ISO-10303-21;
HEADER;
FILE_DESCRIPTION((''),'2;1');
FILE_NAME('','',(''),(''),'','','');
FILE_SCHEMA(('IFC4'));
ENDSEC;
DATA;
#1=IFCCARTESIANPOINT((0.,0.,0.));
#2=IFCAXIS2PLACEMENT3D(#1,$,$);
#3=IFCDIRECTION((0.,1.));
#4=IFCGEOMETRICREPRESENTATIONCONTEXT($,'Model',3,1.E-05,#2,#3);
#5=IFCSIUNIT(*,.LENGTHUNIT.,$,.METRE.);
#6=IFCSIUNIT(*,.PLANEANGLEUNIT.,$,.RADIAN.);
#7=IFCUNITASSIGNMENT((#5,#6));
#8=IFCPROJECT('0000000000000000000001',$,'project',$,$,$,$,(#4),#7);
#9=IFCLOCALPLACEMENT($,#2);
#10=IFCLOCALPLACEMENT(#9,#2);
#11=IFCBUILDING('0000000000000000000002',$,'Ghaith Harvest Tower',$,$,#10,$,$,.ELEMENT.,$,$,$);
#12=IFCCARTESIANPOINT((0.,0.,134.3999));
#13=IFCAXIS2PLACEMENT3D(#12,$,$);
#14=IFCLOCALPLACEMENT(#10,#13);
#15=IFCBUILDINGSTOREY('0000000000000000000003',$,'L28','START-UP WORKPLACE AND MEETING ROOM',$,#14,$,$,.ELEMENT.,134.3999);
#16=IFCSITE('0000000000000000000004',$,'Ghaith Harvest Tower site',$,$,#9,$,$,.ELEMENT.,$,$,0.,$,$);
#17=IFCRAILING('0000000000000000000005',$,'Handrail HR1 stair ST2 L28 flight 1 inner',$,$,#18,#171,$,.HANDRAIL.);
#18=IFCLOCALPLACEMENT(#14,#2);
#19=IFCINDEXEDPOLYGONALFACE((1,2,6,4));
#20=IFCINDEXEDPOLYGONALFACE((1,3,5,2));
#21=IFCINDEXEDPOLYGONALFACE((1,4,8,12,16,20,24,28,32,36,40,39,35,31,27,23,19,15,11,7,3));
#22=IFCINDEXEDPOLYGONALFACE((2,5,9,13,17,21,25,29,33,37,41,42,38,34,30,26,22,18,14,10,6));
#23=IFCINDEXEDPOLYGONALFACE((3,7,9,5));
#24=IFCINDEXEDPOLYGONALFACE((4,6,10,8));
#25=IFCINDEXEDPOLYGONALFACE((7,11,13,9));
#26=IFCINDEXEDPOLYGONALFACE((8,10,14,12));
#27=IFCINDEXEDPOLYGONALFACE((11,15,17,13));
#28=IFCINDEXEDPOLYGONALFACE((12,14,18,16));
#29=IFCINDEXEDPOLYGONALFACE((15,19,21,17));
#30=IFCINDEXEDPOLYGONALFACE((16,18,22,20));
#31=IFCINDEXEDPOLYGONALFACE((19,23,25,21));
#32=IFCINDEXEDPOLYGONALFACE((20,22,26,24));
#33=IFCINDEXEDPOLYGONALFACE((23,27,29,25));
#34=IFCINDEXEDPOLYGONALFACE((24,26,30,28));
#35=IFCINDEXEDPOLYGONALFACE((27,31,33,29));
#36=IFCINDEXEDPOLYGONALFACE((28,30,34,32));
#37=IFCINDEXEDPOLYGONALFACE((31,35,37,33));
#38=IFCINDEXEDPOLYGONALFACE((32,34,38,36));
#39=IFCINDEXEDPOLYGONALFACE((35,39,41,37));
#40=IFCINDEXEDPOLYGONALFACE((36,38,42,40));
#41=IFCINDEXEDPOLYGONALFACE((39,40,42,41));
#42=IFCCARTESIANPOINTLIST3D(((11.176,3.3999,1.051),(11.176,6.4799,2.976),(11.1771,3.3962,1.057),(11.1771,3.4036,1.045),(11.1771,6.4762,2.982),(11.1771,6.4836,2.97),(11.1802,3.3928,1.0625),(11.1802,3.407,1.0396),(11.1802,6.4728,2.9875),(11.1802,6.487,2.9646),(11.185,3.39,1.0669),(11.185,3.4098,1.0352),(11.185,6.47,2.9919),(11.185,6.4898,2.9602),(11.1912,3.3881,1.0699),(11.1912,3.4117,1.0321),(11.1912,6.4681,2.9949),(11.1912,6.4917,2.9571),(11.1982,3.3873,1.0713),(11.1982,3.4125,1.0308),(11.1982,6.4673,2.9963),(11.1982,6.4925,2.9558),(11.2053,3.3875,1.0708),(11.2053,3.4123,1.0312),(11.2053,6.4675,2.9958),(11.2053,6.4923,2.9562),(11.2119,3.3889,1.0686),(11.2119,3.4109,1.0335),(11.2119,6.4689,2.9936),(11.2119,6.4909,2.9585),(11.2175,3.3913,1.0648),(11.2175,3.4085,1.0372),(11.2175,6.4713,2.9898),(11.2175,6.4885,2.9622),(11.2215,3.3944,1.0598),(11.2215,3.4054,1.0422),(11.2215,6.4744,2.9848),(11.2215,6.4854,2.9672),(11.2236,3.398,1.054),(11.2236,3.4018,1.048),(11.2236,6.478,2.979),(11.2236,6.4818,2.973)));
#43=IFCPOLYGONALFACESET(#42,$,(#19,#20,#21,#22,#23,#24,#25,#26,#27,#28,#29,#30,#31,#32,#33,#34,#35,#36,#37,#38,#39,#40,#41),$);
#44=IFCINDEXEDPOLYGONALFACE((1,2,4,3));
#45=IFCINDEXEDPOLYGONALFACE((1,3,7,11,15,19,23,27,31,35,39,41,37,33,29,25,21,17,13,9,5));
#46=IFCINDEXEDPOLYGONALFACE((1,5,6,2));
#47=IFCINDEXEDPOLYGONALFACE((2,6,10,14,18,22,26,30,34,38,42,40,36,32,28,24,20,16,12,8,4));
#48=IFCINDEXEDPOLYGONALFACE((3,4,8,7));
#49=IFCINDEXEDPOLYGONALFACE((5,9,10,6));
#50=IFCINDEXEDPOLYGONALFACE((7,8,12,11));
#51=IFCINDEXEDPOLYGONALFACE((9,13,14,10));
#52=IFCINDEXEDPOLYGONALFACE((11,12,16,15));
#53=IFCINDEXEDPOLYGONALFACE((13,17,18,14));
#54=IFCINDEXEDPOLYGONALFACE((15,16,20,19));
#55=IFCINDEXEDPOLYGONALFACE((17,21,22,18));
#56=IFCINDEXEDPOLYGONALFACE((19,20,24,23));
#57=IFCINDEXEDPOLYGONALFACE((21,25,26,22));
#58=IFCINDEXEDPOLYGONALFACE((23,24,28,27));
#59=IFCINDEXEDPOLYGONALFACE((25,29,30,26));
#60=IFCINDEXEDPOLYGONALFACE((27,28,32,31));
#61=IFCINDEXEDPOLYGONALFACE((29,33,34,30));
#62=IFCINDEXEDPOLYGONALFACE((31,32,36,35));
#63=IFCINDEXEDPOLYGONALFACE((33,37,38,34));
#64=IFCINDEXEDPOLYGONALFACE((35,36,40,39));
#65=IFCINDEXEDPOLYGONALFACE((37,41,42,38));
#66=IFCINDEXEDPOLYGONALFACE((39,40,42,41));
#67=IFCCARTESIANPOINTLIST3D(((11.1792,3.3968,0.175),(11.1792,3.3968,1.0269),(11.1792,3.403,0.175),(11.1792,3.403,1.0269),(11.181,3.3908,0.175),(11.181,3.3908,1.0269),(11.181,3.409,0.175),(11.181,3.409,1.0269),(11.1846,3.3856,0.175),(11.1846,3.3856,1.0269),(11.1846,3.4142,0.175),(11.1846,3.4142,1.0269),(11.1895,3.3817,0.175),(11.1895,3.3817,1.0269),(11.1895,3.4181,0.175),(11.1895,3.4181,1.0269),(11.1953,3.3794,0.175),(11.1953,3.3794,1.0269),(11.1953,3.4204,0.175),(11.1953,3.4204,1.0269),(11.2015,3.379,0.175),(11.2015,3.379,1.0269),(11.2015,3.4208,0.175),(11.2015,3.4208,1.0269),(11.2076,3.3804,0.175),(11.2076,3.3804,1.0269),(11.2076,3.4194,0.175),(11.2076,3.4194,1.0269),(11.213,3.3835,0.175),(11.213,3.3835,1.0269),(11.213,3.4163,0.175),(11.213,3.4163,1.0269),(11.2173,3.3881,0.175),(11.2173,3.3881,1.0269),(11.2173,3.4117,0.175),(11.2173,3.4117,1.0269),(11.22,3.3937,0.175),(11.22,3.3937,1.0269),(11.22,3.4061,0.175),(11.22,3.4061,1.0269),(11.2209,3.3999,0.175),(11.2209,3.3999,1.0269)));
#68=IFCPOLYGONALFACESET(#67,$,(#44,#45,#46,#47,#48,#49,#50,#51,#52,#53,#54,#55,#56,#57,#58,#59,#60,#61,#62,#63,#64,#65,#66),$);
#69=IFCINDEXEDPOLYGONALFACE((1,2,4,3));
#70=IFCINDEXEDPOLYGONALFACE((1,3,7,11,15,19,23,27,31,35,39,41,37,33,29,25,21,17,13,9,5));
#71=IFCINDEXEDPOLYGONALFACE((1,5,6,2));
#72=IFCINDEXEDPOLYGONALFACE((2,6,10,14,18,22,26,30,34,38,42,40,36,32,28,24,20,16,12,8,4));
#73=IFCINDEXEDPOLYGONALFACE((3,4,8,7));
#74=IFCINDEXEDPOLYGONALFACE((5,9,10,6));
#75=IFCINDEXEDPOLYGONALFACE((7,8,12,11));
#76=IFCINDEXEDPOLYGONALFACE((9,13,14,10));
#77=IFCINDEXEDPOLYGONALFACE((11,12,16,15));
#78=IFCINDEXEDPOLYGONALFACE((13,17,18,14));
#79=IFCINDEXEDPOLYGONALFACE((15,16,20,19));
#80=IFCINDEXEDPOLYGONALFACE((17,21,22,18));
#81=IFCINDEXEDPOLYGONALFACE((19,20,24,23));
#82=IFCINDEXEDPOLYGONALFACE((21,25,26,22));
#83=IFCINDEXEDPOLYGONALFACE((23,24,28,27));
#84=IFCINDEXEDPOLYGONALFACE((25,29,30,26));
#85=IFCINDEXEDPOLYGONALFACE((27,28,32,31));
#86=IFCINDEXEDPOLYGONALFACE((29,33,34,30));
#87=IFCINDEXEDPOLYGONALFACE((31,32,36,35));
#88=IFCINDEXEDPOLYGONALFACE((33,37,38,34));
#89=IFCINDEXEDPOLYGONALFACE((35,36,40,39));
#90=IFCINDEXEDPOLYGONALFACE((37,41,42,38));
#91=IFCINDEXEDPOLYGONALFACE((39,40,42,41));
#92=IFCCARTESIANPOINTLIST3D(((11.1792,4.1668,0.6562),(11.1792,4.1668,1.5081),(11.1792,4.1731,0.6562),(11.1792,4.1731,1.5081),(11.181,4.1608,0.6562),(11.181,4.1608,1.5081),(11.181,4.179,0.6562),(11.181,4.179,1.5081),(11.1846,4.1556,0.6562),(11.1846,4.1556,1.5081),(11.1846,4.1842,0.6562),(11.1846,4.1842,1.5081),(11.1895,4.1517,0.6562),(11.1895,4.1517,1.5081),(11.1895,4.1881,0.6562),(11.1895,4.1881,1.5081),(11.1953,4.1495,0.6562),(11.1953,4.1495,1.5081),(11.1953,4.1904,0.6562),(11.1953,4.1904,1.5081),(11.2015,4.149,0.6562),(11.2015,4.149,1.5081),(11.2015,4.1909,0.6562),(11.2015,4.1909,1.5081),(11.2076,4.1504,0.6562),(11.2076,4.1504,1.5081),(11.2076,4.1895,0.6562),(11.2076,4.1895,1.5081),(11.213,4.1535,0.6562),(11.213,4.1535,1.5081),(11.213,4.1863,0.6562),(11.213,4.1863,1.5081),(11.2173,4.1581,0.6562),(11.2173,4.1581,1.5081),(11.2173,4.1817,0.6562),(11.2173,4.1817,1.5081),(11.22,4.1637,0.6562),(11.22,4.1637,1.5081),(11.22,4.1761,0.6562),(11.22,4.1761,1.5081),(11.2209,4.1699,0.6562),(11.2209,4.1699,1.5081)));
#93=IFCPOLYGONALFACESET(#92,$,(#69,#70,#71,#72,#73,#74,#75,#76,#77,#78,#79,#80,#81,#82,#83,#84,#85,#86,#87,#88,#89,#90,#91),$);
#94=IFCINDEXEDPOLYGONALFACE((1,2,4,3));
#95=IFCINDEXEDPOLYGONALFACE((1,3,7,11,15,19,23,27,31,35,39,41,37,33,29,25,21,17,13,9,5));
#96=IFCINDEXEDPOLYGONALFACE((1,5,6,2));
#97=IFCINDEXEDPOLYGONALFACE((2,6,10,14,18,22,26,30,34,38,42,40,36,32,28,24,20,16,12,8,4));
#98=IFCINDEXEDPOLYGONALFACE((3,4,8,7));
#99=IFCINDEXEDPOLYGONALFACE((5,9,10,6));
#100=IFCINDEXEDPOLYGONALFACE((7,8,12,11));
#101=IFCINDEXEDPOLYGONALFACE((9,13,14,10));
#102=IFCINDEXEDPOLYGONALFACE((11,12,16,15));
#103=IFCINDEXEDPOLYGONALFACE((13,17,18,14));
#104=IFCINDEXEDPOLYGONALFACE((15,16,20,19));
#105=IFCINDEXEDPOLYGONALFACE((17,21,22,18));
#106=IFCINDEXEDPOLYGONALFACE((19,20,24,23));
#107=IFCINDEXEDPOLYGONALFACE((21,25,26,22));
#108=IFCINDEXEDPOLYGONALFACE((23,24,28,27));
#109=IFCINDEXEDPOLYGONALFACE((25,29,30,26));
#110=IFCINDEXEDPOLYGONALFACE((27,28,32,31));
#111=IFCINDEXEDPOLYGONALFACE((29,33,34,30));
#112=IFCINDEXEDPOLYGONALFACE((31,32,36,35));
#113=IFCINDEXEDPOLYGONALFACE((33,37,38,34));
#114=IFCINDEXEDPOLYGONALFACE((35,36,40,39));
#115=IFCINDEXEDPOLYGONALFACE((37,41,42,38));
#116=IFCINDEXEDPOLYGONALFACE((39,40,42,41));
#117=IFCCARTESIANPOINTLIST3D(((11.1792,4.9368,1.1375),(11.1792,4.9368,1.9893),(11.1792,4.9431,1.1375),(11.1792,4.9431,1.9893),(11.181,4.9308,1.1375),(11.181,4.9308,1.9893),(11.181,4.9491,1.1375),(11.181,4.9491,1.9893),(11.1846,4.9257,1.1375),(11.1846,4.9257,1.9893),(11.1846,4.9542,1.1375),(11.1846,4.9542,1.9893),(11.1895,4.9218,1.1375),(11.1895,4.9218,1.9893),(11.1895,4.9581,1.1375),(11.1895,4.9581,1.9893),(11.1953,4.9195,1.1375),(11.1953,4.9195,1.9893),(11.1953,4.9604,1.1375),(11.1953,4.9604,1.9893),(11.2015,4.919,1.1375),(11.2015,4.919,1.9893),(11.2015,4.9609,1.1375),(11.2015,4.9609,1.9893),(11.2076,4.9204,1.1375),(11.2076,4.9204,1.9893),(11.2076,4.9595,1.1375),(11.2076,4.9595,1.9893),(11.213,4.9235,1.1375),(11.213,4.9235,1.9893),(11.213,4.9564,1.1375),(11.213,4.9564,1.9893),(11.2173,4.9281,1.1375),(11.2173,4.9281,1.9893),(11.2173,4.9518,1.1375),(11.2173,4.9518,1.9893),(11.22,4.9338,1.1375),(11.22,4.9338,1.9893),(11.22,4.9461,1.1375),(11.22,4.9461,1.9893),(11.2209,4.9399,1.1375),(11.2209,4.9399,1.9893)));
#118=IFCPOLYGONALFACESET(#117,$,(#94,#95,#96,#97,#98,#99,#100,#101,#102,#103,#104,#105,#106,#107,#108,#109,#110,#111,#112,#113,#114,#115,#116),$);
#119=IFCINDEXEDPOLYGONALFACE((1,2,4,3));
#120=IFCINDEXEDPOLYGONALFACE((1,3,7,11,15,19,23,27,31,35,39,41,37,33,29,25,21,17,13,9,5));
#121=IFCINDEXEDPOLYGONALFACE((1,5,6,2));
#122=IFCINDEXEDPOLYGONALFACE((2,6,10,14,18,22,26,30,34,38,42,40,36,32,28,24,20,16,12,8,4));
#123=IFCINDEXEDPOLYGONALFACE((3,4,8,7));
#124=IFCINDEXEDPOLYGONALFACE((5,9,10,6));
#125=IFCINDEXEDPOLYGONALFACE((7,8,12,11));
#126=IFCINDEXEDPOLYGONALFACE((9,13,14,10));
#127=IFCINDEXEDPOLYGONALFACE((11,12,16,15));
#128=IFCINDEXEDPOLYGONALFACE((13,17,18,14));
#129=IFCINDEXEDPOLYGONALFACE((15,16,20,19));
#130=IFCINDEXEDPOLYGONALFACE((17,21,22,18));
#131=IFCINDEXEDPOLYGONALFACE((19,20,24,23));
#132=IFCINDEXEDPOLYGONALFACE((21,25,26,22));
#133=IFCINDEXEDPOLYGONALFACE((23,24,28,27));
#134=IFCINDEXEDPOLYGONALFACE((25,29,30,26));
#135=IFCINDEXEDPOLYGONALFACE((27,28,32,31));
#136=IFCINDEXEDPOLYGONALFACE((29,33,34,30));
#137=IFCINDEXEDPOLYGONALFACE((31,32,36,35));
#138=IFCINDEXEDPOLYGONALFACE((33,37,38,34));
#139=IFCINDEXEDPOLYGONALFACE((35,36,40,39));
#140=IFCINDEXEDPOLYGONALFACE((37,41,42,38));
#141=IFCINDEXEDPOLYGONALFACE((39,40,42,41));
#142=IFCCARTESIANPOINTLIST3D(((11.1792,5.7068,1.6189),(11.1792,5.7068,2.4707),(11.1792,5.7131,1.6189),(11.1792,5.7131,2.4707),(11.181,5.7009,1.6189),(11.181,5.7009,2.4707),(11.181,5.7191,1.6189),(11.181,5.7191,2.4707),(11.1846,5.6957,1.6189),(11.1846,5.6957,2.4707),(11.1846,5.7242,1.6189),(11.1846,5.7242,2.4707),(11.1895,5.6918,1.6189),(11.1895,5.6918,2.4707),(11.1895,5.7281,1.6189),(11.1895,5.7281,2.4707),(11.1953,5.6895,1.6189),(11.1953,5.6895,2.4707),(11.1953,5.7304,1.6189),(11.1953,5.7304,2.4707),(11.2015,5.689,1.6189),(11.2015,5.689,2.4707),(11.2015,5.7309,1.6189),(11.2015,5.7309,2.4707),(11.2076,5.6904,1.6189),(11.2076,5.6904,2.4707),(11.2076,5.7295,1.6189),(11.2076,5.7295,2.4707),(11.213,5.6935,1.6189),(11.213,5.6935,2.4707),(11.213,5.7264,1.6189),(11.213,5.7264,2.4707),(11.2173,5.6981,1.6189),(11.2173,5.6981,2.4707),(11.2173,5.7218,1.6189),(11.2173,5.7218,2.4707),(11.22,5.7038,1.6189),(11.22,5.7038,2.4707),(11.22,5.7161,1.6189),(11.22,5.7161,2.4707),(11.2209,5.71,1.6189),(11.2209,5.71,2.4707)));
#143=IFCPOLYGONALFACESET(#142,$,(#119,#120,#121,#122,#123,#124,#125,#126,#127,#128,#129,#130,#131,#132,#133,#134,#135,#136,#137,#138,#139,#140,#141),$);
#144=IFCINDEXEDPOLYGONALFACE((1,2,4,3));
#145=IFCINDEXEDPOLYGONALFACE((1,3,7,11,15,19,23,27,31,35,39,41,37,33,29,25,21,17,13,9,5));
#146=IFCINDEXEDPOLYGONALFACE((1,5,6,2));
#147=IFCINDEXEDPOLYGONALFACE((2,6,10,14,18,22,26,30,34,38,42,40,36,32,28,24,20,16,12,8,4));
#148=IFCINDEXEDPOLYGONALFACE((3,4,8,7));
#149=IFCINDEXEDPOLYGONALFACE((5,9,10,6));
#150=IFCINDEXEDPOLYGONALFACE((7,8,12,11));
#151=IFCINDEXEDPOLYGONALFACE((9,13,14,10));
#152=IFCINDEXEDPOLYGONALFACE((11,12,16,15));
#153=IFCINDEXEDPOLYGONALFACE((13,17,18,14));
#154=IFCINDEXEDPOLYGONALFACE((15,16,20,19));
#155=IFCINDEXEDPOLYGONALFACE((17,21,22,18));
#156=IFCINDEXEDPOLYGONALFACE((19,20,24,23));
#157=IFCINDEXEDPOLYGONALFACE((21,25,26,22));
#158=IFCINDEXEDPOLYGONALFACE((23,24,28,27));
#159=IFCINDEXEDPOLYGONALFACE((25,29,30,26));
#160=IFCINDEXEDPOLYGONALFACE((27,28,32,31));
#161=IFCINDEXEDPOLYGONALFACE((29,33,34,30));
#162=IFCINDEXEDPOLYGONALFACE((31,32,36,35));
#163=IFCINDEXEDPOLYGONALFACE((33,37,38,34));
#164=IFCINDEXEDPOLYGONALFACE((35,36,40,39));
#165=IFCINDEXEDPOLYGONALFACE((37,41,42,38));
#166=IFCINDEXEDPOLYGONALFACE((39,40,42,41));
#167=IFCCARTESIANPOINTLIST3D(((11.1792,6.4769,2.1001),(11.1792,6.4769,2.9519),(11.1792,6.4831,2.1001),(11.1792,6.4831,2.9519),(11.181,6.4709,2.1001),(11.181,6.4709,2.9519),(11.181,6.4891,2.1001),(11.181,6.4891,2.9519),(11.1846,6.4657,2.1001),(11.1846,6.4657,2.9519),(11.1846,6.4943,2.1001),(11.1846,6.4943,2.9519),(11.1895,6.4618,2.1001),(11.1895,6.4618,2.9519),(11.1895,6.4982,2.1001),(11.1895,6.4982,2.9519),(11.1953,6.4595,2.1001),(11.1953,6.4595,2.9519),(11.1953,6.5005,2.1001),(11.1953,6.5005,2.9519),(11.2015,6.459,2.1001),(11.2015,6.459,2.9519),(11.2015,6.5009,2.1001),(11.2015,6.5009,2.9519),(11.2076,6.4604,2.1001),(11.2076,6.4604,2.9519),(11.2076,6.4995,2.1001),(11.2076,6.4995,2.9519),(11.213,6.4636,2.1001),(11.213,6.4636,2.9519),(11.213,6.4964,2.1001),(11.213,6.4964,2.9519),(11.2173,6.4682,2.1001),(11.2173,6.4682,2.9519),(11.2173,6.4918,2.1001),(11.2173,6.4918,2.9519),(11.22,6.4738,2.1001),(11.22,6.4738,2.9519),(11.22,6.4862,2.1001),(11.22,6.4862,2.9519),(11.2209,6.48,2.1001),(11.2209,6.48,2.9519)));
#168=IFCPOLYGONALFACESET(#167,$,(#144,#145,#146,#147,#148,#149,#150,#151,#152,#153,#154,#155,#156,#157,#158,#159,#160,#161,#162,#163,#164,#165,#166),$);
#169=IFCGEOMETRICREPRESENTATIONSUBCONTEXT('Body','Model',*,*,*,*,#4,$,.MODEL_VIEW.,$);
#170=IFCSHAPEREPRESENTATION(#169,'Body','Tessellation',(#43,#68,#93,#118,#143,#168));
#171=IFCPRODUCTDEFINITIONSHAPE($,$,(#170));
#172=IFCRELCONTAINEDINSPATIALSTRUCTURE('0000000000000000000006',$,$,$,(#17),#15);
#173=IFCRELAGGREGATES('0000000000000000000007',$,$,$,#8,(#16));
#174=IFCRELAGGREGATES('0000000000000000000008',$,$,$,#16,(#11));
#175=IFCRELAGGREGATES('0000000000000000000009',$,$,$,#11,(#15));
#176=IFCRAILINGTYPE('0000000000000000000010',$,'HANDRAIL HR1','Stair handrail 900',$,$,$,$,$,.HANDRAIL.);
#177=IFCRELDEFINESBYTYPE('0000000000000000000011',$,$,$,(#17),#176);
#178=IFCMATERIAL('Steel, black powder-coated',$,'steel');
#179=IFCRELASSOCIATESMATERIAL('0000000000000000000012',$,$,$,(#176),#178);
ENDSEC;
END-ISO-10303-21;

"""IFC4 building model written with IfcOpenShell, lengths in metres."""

from ifc_helpers import new_model, si_unit, direction, frame, origin, origin_2d, place, context, subcontext, project, spatial, circle, extrude, material, type_object, element, save


model = new_model("IFC4")

# Units and contexts
model_context = context("Model", 3, precision=1e-05, world=origin(), true_north=direction((0.0, 1.0)))
body_context = subcontext(model_context, "Body", "Model", "MODEL_VIEW")
ifc_project = project(units=[si_unit("LENGTHUNIT", "METRE"), si_unit("PLANEANGLEUNIT", "RADIAN")], contexts=[model_context])

# Site, building, storey
site_placement = place(None, origin())
site = spatial("IfcSite", under=ifc_project, at=site_placement, Name="Ghaith Harvest Tower site", CompositionType="ELEMENT", RefElevation=0.0)
building_placement = place(site_placement, origin())
building = spatial("IfcBuilding", under=site, at=building_placement, Name="Ghaith Harvest Tower", CompositionType="ELEMENT")
storey_placement = place(building_placement, frame((0.0, 0.0, 134.3999)))
storey = spatial("IfcBuildingStorey", under=building, at=storey_placement, Name="L28", Description="START-UP WORKPLACE AND MEETING ROOM", CompositionType="ELEMENT", Elevation=134.3999)

# Railing
ifc_material_1 = material(Name="Steel, black powder-coated", Category="steel")
railing_type = type_object("IfcRailingType", Name="HANDRAIL HR1", Description="Stair handrail 900", PredefinedType="HANDRAIL", material=ifc_material_1)
railing_1_placement = place(storey_placement, frame((11.2, 3.3999, 0.175)))
element("IfcRailing", 1, at=railing_1_placement, inside=storey, type_object=railing_type, Name="Handrail HR1 stair ST2 L28 flight 1 inner", PredefinedType="HANDRAIL", context=body_context, shape_type="SweptSolid", body=[
    extrude(circle(Radius=0.0239, at=origin_2d()), frame((0.0, 0.0, 0.876), z_axis=(0.0, 0.847998, 0.529999), x_axis=(-1.0, 0.0, 0.0)), (0.0, 0.0, 1.0), 3.6321),
    extrude(circle(Radius=0.021, at=origin_2d()), origin(), (0.0, 0.0, 1.0), 0.8518),
    extrude(circle(Radius=0.021, at=origin_2d()), frame((0.0, 0.77, 0.4812)), (0.0, 0.0, 1.0), 0.8518),
    extrude(circle(Radius=0.021, at=origin_2d()), frame((0.0, 1.54, 0.9624)), (0.0, 0.0, 1.0), 0.8518),
    extrude(circle(Radius=0.021, at=origin_2d()), frame((0.0, 2.3101, 1.4438)), (0.0, 0.0, 1.0), 0.8518),
    extrude(circle(Radius=0.021, at=origin_2d()), frame((0.0, 3.0801, 1.925)), (0.0, 0.0, 1.0), 0.8518),
])

save(model, "model.ifc")
